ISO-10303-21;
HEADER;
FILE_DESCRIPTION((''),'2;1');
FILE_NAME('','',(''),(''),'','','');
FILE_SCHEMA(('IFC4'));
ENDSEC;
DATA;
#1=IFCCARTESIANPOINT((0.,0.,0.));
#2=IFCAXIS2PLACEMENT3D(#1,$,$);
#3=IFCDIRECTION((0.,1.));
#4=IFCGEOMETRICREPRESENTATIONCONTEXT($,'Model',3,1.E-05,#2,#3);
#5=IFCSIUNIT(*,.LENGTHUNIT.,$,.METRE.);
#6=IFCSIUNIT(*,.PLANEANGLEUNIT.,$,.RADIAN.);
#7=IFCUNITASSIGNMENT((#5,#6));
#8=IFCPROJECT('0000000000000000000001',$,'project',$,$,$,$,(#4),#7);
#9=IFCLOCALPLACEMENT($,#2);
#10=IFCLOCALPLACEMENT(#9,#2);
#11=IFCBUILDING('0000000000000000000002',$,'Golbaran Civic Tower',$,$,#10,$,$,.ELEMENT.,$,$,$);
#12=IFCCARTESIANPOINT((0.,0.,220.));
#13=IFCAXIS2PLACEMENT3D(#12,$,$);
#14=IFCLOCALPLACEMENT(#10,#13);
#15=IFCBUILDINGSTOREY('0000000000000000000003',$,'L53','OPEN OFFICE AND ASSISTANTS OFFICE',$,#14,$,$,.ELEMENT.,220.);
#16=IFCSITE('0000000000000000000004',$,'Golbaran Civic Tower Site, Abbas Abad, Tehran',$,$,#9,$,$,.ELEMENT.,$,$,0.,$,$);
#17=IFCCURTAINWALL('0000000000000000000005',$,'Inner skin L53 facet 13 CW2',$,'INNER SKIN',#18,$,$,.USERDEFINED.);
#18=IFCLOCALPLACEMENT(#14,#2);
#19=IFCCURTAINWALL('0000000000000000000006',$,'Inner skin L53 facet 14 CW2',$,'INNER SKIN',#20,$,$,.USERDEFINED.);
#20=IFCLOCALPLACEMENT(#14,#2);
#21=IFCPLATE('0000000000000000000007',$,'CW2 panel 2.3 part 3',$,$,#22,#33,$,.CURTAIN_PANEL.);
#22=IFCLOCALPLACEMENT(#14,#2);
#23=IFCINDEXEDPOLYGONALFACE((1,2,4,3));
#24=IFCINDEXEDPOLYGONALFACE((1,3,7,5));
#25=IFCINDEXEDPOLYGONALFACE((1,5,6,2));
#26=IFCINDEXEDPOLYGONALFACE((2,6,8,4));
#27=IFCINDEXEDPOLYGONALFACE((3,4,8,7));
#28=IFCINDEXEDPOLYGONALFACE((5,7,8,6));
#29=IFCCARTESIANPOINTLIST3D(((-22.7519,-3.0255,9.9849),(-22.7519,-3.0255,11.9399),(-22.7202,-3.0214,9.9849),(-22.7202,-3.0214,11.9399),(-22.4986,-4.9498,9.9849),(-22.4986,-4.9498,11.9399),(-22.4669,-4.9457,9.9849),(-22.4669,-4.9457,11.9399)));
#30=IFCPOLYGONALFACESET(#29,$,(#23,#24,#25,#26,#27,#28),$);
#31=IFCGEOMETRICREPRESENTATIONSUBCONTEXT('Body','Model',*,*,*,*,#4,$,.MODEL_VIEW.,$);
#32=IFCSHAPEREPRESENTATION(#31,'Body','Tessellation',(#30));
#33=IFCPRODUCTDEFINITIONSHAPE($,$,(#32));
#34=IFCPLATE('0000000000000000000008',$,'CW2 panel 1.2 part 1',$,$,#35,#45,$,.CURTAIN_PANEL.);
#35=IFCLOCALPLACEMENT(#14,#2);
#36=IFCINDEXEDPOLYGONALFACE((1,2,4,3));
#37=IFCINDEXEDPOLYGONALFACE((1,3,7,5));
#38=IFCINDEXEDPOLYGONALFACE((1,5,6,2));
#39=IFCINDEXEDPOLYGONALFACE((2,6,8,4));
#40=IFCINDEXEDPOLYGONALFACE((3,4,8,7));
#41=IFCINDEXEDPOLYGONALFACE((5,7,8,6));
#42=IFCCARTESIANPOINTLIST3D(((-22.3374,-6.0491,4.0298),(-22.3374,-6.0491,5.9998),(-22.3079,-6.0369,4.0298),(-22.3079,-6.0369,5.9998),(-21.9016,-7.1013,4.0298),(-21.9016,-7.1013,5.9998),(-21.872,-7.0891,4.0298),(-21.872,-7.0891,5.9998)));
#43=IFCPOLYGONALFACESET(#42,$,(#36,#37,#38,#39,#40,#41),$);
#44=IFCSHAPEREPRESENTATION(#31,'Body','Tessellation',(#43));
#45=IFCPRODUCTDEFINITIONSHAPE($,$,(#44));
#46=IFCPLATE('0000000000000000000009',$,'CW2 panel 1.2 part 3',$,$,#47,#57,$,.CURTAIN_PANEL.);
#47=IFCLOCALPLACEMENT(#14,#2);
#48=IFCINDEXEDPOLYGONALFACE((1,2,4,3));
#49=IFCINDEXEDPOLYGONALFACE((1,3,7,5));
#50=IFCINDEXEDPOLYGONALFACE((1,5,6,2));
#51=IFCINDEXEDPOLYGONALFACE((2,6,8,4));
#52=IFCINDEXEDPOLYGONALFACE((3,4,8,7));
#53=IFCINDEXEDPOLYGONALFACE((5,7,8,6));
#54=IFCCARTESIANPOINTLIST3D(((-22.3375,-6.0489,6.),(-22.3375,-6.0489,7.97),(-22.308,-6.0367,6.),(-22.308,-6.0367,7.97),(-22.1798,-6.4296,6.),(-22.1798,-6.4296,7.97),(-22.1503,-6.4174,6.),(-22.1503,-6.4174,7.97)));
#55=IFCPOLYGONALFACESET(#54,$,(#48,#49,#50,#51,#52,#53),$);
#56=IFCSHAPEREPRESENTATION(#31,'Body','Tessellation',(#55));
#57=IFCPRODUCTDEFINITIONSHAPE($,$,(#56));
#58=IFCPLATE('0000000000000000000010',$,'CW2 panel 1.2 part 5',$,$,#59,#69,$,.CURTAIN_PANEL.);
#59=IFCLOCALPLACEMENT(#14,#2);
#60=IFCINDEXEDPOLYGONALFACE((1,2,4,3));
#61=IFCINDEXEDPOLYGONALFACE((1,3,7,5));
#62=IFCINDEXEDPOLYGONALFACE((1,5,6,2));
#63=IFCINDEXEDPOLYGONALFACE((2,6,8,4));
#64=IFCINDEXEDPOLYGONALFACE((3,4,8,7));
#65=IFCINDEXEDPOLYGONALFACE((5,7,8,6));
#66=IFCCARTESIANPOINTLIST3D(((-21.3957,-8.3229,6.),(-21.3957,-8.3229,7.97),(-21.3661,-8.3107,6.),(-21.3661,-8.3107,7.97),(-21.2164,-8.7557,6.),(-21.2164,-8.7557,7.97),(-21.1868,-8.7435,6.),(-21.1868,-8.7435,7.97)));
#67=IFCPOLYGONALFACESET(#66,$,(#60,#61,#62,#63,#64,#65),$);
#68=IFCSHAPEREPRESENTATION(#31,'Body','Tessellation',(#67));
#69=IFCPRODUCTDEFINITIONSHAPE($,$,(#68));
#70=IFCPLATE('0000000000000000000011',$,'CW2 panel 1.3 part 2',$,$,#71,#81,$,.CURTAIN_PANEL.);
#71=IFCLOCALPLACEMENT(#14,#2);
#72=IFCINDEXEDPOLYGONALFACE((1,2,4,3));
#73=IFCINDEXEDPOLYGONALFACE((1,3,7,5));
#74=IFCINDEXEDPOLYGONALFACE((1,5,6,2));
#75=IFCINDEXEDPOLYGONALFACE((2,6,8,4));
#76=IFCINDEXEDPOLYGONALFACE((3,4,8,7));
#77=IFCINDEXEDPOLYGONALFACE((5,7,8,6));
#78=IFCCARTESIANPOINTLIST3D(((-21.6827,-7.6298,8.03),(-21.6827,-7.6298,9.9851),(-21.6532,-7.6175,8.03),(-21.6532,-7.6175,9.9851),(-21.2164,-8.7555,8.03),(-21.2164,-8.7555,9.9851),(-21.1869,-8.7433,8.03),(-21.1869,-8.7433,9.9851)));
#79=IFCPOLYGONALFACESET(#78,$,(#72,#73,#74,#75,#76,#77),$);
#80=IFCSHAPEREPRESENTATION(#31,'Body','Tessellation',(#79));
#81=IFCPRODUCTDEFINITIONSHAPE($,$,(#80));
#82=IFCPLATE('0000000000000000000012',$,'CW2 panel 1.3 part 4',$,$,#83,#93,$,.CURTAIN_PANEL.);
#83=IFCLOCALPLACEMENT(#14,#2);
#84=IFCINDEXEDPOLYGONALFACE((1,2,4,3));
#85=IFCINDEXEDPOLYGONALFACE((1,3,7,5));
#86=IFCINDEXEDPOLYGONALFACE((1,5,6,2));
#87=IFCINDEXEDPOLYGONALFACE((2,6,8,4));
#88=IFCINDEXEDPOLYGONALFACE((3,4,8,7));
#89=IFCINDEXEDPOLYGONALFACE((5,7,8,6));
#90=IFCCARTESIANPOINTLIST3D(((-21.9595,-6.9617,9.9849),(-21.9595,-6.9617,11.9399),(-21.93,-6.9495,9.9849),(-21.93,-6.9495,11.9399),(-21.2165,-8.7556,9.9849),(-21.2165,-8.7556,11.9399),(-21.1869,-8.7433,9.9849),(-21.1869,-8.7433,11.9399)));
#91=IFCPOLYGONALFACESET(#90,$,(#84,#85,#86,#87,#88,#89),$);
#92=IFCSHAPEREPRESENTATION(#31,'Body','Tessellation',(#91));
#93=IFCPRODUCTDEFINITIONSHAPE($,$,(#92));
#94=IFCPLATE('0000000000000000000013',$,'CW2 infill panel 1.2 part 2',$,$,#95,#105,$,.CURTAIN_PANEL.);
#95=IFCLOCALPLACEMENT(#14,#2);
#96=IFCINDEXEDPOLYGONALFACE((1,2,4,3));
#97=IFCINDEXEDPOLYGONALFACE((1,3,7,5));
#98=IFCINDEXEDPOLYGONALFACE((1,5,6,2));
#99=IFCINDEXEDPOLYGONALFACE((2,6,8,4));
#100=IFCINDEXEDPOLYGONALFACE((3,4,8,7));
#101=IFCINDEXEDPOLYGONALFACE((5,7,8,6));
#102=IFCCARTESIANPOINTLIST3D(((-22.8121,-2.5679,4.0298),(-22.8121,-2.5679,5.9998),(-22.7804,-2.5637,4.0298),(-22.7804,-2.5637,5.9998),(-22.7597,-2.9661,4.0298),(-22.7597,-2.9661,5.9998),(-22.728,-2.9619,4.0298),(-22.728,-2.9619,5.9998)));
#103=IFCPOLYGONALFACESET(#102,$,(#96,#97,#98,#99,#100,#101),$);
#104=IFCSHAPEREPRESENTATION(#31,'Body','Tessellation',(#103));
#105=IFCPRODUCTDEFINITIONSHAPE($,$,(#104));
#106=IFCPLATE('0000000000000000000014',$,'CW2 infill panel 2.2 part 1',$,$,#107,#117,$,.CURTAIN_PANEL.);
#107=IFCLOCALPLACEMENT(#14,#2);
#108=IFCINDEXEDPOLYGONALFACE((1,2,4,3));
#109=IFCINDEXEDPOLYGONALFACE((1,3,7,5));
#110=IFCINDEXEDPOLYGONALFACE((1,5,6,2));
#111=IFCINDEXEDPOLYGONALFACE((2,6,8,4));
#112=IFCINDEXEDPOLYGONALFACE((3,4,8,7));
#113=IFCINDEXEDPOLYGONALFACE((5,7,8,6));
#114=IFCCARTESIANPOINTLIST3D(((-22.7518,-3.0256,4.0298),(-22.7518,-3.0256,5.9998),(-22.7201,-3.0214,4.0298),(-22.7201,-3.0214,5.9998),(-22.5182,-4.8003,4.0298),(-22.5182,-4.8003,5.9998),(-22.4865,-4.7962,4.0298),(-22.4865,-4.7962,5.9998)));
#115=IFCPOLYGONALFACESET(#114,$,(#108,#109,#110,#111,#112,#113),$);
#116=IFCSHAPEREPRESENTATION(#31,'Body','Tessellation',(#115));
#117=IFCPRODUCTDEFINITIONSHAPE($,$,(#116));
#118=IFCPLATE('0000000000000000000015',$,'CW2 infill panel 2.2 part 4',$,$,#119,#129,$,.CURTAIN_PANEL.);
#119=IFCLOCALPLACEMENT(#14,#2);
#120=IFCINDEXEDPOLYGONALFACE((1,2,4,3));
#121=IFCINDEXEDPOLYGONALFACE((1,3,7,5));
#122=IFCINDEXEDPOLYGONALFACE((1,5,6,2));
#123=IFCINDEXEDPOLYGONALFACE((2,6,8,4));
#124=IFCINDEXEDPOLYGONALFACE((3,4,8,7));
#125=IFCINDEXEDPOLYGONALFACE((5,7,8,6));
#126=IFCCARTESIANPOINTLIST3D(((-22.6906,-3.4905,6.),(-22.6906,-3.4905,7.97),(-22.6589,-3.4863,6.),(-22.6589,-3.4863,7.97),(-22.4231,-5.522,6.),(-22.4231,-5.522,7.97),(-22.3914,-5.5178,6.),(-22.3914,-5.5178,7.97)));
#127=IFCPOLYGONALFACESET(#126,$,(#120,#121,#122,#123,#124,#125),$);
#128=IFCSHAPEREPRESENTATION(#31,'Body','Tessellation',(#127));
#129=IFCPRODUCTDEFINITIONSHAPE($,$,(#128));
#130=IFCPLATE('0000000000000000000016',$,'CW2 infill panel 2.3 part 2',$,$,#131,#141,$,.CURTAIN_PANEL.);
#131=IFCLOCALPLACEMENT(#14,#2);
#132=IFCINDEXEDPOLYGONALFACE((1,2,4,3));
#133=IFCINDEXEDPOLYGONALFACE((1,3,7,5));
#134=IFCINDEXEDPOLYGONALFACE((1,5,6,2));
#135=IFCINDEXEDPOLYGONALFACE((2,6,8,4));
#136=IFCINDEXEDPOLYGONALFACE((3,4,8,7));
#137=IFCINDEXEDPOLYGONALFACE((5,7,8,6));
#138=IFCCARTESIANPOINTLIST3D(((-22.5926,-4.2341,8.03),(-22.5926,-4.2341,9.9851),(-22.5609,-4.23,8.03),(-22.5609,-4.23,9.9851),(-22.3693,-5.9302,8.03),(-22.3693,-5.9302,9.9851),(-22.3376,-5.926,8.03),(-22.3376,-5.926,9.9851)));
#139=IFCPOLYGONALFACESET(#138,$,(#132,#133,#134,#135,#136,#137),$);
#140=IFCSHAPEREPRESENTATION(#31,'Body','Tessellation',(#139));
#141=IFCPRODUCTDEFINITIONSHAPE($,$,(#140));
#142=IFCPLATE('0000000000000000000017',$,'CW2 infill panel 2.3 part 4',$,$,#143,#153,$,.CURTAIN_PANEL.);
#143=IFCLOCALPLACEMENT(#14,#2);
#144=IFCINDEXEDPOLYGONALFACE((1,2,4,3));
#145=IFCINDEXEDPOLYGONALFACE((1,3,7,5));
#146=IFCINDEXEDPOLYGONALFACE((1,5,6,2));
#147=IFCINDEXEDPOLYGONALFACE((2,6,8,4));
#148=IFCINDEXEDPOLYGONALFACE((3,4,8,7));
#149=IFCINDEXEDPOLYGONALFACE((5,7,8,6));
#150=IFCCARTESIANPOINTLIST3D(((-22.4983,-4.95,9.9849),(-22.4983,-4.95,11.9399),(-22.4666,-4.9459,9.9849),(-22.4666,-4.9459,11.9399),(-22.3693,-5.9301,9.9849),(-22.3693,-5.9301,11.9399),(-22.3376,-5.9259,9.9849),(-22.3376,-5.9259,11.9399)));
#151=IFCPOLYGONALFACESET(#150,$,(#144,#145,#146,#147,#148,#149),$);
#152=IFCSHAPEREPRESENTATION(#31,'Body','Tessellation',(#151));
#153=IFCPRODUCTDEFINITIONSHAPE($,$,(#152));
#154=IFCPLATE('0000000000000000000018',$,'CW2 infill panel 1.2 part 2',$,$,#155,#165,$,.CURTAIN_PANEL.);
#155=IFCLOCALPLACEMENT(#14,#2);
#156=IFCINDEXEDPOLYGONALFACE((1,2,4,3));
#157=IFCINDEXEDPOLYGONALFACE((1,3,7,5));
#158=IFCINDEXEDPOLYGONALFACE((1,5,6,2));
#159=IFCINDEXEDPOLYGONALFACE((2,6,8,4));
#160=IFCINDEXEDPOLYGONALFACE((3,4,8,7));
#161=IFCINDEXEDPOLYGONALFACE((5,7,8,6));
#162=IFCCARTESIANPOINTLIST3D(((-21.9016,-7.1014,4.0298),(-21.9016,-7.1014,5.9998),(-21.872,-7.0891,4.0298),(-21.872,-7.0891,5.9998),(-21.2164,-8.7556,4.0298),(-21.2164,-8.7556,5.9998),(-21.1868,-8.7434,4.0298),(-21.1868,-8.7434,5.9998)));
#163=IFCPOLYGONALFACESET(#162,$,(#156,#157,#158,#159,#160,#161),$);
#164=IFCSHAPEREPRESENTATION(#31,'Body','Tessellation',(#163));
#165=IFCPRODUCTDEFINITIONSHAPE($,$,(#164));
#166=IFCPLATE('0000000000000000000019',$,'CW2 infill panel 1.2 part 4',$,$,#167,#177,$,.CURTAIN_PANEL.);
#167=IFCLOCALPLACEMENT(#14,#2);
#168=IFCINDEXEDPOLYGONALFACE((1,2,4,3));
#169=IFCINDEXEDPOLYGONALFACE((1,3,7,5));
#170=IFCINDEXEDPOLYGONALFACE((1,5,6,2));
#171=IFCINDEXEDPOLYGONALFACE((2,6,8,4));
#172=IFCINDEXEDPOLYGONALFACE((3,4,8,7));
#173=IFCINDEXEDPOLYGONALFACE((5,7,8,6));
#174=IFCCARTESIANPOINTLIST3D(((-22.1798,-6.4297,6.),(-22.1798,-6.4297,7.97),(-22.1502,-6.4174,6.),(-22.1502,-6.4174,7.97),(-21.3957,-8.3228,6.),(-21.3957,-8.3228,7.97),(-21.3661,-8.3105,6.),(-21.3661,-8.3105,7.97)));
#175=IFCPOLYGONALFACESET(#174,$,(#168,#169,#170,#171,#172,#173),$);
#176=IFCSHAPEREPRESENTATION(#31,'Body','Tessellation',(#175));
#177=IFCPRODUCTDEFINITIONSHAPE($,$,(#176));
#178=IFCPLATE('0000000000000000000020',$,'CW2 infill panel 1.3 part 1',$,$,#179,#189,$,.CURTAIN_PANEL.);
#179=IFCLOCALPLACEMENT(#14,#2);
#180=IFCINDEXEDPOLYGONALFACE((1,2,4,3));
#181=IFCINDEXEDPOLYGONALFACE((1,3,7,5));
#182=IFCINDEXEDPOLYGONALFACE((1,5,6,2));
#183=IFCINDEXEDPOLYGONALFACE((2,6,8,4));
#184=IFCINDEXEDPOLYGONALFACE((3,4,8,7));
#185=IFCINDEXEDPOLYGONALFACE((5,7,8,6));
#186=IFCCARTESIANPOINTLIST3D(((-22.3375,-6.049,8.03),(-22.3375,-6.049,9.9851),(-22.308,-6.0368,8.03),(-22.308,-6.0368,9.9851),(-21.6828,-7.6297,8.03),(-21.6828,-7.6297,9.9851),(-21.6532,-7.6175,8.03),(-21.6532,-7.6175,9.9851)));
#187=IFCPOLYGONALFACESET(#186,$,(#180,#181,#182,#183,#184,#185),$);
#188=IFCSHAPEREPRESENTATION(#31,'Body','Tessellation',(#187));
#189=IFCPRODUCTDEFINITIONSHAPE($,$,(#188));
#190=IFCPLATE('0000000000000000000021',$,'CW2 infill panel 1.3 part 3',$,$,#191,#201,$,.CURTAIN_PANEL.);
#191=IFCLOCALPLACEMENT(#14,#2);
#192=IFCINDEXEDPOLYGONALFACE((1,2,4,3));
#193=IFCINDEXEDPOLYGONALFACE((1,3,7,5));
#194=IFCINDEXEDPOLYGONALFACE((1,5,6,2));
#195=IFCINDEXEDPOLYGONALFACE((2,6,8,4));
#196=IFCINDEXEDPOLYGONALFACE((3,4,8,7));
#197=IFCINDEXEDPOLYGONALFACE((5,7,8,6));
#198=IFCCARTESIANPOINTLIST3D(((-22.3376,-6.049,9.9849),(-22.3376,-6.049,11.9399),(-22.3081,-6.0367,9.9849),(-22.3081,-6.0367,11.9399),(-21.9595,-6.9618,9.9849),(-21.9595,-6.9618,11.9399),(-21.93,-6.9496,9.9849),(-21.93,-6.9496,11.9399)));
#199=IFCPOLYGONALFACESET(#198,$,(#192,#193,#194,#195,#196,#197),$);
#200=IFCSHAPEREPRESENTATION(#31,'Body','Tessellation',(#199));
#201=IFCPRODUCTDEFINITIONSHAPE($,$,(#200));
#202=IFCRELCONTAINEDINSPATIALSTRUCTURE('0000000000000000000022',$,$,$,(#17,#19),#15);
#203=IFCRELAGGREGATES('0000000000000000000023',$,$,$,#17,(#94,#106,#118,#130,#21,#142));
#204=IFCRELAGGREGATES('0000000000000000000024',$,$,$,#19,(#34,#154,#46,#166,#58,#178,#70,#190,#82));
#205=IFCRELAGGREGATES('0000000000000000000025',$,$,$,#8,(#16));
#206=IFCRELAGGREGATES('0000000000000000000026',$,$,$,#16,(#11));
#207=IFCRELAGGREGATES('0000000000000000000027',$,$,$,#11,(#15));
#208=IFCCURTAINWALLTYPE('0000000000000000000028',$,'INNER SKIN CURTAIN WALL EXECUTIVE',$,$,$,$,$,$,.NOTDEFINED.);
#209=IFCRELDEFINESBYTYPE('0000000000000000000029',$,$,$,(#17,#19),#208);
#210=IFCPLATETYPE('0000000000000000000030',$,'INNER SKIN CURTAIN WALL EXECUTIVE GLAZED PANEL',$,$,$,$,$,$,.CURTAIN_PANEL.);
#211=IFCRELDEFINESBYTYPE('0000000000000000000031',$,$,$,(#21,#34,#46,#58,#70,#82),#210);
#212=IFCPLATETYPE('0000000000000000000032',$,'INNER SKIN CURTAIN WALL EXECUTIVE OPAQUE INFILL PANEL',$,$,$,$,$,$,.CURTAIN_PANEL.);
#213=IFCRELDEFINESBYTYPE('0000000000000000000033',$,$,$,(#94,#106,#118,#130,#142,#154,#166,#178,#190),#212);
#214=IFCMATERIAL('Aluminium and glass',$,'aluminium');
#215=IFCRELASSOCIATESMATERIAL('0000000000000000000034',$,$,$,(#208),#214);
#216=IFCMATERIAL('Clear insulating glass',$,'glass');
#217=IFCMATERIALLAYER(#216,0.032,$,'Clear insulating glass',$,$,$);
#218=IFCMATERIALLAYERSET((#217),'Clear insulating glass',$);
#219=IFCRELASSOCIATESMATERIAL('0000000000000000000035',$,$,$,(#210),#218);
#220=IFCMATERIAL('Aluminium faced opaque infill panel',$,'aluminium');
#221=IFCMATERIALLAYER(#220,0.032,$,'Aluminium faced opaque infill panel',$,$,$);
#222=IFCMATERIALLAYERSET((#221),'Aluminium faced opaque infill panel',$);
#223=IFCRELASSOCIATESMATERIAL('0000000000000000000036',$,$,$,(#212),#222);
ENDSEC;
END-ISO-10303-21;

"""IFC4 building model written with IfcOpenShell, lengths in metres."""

from ifc_helpers import new_model, si_unit, direction, frame, origin, origin_2d, place, context, subcontext, project, spatial, rectangle, extrude, material, layer, layer_set, type_object, element, aggregate, save


model = new_model("IFC4")

# Units and contexts
model_context = context("Model", 3, precision=1e-05, world=origin(), true_north=direction((0.0, 1.0)))
body_context = subcontext(model_context, "Body", "Model", "MODEL_VIEW")
ifc_project = project(units=[si_unit("LENGTHUNIT", "METRE"), si_unit("PLANEANGLEUNIT", "RADIAN")], contexts=[model_context])

# Site, building, storey
site_placement = place(None, origin())
site = spatial("IfcSite", under=ifc_project, at=site_placement, Name="Golbaran Civic Tower Site, Abbas Abad, Tehran", CompositionType="ELEMENT", RefElevation=0.0)
building_placement = place(site_placement, origin())
building = spatial("IfcBuilding", under=site, at=building_placement, Name="Golbaran Civic Tower", CompositionType="ELEMENT")
storey_placement = place(building_placement, frame((0.0, 0.0, 220.0)))
storey = spatial("IfcBuildingStorey", under=building, at=storey_placement, Name="L53", Description="OPEN OFFICE AND ASSISTANTS OFFICE", CompositionType="ELEMENT", Elevation=220.0)

# Curtain walls
ifc_material_1 = material(Name="Aluminium and glass", Category="aluminium")
curtain_wall_type = type_object("IfcCurtainWallType", Name="INNER SKIN CURTAIN WALL EXECUTIVE", PredefinedType="NOTDEFINED", material=ifc_material_1)
curtain_wall_1_placement = place(storey_placement, origin())
curtain_wall_1 = element("IfcCurtainWall", 1, at=curtain_wall_1_placement, inside=storey, type_object=curtain_wall_type, Name="Inner skin L53 facet 13 CW2", ObjectType="INNER SKIN", PredefinedType="USERDEFINED")
curtain_wall_2_placement = place(storey_placement, origin())
curtain_wall_2 = element("IfcCurtainWall", 2, at=curtain_wall_2_placement, inside=storey, type_object=curtain_wall_type, Name="Inner skin L53 facet 14 CW2", ObjectType="INNER SKIN", PredefinedType="USERDEFINED")

# Plates
ifc_material_2 = material(Name="Clear insulating glass", Category="glass")
ifc_layer_1 = layer(ifc_material_2, 0.032, Name="Clear insulating glass")
ifc_layer_set_1 = layer_set([ifc_layer_1], Name="Clear insulating glass")
plate_type_1 = type_object("IfcPlateType", Name="INNER SKIN CURTAIN WALL EXECUTIVE GLAZED PANEL", PredefinedType="CURTAIN_PANEL", material=ifc_layer_set_1)
plate_1_placement = place(storey_placement, frame((-22.6094, -3.9856, 9.9849), z_axis=(0.0, 0.0, 1.0), x_axis=(0.130526, -0.991445, 0.0)))
plate_1 = element("IfcPlate", 3, at=plate_1_placement, type_object=plate_type_1, Name="CW2 panel 2.3 part 3", PredefinedType="CURTAIN_PANEL", context=body_context, shape_type="SweptSolid", body=[
    extrude(rectangle(XDim=1.9409, YDim=0.032, at=origin_2d()), origin(), (0.0, 0.0, 1.0), 1.9551),
])
plate_2_placement = place(storey_placement, frame((-22.1047, -6.5691, 4.0298), z_axis=(0.0, 0.0, 1.0), x_axis=(0.382683, -0.92388, 0.0)))
plate_2 = element("IfcPlate", 4, at=plate_2_placement, type_object=plate_type_1, Name="CW2 panel 1.2 part 1", PredefinedType="CURTAIN_PANEL", context=body_context, shape_type="SweptSolid", body=[
    extrude(rectangle(XDim=1.1389, YDim=0.032, at=origin_2d()), origin(), (0.0, 0.0, 1.0), 1.97),
])
plate_3_placement = place(storey_placement, frame((-22.2439, -6.2332, 6.0), z_axis=(0.0, 0.0, 1.0), x_axis=(0.382683, -0.92388, 0.0)))
plate_3 = element("IfcPlate", 5, at=plate_3_placement, type_object=plate_type_1, Name="CW2 panel 1.2 part 3", PredefinedType="CURTAIN_PANEL", context=body_context, shape_type="SweptSolid", body=[
    extrude(rectangle(XDim=0.4121, YDim=0.032, at=origin_2d()), origin(), (0.0, 0.0, 1.0), 1.97),
])
plate_4_placement = place(storey_placement, frame((-21.2913, -8.5332, 6.0), z_axis=(0.0, 0.0, 1.0), x_axis=(0.382683, -0.92388, 0.0)))
plate_4 = element("IfcPlate", 6, at=plate_4_placement, type_object=plate_type_1, Name="CW2 panel 1.2 part 5", PredefinedType="CURTAIN_PANEL", context=body_context, shape_type="SweptSolid", body=[
    extrude(rectangle(XDim=0.4685, YDim=0.032, at=origin_2d()), origin(), (0.0, 0.0, 1.0), 1.97),
])
plate_5_placement = place(storey_placement, frame((-21.4348, -8.1865, 8.03), z_axis=(0.0, 0.0, 1.0), x_axis=(0.382683, -0.92388, 0.0)))
plate_5 = element("IfcPlate", 7, at=plate_5_placement, type_object=plate_type_1, Name="CW2 panel 1.3 part 2", PredefinedType="CURTAIN_PANEL", context=body_context, shape_type="SweptSolid", body=[
    extrude(rectangle(XDim=1.2185, YDim=0.032, at=origin_2d()), origin(), (0.0, 0.0, 1.0), 1.9551),
])
plate_6_placement = place(storey_placement, frame((-21.5732, -7.8525, 9.9849), z_axis=(0.0, 0.0, 1.0), x_axis=(0.382683, -0.92388, 0.0)))
plate_6 = element("IfcPlate", 8, at=plate_6_placement, type_object=plate_type_1, Name="CW2 panel 1.3 part 4", PredefinedType="CURTAIN_PANEL", context=body_context, shape_type="SweptSolid", body=[
    extrude(rectangle(XDim=1.9417, YDim=0.032, at=origin_2d()), origin(), (0.0, 0.0, 1.0), 1.9551),
])
ifc_material_3 = material(Name="Aluminium faced opaque infill panel", Category="aluminium")
ifc_layer_2 = layer(ifc_material_3, 0.032, Name="Aluminium faced opaque infill panel")
ifc_layer_set_2 = layer_set([ifc_layer_2], Name="Aluminium faced opaque infill panel")
plate_type_2 = type_object("IfcPlateType", Name="INNER SKIN CURTAIN WALL EXECUTIVE OPAQUE INFILL PANEL", PredefinedType="CURTAIN_PANEL", material=ifc_layer_set_2)
plate_7_placement = place(storey_placement, frame((-22.77, -2.7649, 4.0298), z_axis=(0.0, 0.0, 1.0), x_axis=(0.130526, -0.991445, 0.0)))
plate_7 = element("IfcPlate", 9, at=plate_7_placement, type_object=plate_type_2, Name="CW2 infill panel 1.2 part 2", PredefinedType="CURTAIN_PANEL", context=body_context, shape_type="SweptSolid", body=[
    extrude(rectangle(XDim=0.4016, YDim=0.032, at=origin_2d()), origin(), (0.0, 0.0, 1.0), 1.97),
])
plate_8_placement = place(storey_placement, frame((-22.6191, -3.9109, 4.0298), z_axis=(0.0, 0.0, 1.0), x_axis=(0.130526, -0.991445, 0.0)))
plate_8 = element("IfcPlate", 10, at=plate_8_placement, type_object=plate_type_2, Name="CW2 infill panel 2.2 part 1", PredefinedType="CURTAIN_PANEL", context=body_context, shape_type="SweptSolid", body=[
    extrude(rectangle(XDim=1.79, YDim=0.032, at=origin_2d()), origin(), (0.0, 0.0, 1.0), 1.97),
])
plate_9_placement = place(storey_placement, frame((-22.541, -4.5042, 6.0), z_axis=(0.0, 0.0, 1.0), x_axis=(0.130526, -0.991445, 0.0)))
plate_9 = element("IfcPlate", 11, at=plate_9_placement, type_object=plate_type_2, Name="CW2 infill panel 2.2 part 4", PredefinedType="CURTAIN_PANEL", context=body_context, shape_type="SweptSolid", body=[
    extrude(rectangle(XDim=2.0491, YDim=0.032, at=origin_2d()), origin(), (0.0, 0.0, 1.0), 1.97),
])
plate_10_placement = place(storey_placement, frame((-22.4651, -5.0801, 8.03), z_axis=(0.0, 0.0, 1.0), x_axis=(0.130526, -0.991445, 0.0)))
plate_10 = element("IfcPlate", 12, at=plate_10_placement, type_object=plate_type_2, Name="CW2 infill panel 2.3 part 2", PredefinedType="CURTAIN_PANEL", context=body_context, shape_type="SweptSolid", body=[
    extrude(rectangle(XDim=1.7107, YDim=0.032, at=origin_2d()), origin(), (0.0, 0.0, 1.0), 1.9551),
])
plate_11_placement = place(storey_placement, frame((-22.418, -5.438, 9.9849), z_axis=(0.0, 0.0, 1.0), x_axis=(0.130526, -0.991445, 0.0)))
plate_11 = element("IfcPlate", 13, at=plate_11_placement, type_object=plate_type_2, Name="CW2 infill panel 2.3 part 4", PredefinedType="CURTAIN_PANEL", context=body_context, shape_type="SweptSolid", body=[
    extrude(rectangle(XDim=0.9885, YDim=0.032, at=origin_2d()), origin(), (0.0, 0.0, 1.0), 1.9551),
])
aggregate(curtain_wall_1, [plate_7, plate_8, plate_9, plate_10, plate_1, plate_11])
plate_12_placement = place(storey_placement, frame((-21.5442, -7.9224, 4.0298), z_axis=(0.0, 0.0, 1.0), x_axis=(0.382683, -0.92388, 0.0)))
plate_12 = element("IfcPlate", 14, at=plate_12_placement, type_object=plate_type_2, Name="CW2 infill panel 1.2 part 2", PredefinedType="CURTAIN_PANEL", context=body_context, shape_type="SweptSolid", body=[
    extrude(rectangle(XDim=1.7905, YDim=0.032, at=origin_2d()), origin(), (0.0, 0.0, 1.0), 1.97),
])
plate_13_placement = place(storey_placement, frame((-21.7729, -7.3701, 6.0), z_axis=(0.0, 0.0, 1.0), x_axis=(0.382683, -0.92388, 0.0)))
plate_13 = element("IfcPlate", 15, at=plate_13_placement, type_object=plate_type_2, Name="CW2 infill panel 1.2 part 4", PredefinedType="CURTAIN_PANEL", context=body_context, shape_type="SweptSolid", body=[
    extrude(rectangle(XDim=2.0491, YDim=0.032, at=origin_2d()), origin(), (0.0, 0.0, 1.0), 1.97),
])
plate_14_placement = place(storey_placement, frame((-21.9954, -6.8333, 8.03), z_axis=(0.0, 0.0, 1.0), x_axis=(0.382683, -0.92388, 0.0)))
plate_14 = element("IfcPlate", 16, at=plate_14_placement, type_object=plate_type_2, Name="CW2 infill panel 1.3 part 1", PredefinedType="CURTAIN_PANEL", context=body_context, shape_type="SweptSolid", body=[
    extrude(rectangle(XDim=1.7109, YDim=0.032, at=origin_2d()), origin(), (0.0, 0.0, 1.0), 1.9551),
])
plate_15_placement = place(storey_placement, frame((-22.1338, -6.4993, 9.9849), z_axis=(0.0, 0.0, 1.0), x_axis=(0.382683, -0.92388, 0.0)))
plate_15 = element("IfcPlate", 17, at=plate_15_placement, type_object=plate_type_2, Name="CW2 infill panel 1.3 part 3", PredefinedType="CURTAIN_PANEL", context=body_context, shape_type="SweptSolid", body=[
    extrude(rectangle(XDim=0.988, YDim=0.032, at=origin_2d()), origin(), (0.0, 0.0, 1.0), 1.9551),
])
aggregate(curtain_wall_2, [plate_2, plate_12, plate_3, plate_13, plate_4, plate_14, plate_5, plate_15, plate_6])

save(model, "model.ifc")
